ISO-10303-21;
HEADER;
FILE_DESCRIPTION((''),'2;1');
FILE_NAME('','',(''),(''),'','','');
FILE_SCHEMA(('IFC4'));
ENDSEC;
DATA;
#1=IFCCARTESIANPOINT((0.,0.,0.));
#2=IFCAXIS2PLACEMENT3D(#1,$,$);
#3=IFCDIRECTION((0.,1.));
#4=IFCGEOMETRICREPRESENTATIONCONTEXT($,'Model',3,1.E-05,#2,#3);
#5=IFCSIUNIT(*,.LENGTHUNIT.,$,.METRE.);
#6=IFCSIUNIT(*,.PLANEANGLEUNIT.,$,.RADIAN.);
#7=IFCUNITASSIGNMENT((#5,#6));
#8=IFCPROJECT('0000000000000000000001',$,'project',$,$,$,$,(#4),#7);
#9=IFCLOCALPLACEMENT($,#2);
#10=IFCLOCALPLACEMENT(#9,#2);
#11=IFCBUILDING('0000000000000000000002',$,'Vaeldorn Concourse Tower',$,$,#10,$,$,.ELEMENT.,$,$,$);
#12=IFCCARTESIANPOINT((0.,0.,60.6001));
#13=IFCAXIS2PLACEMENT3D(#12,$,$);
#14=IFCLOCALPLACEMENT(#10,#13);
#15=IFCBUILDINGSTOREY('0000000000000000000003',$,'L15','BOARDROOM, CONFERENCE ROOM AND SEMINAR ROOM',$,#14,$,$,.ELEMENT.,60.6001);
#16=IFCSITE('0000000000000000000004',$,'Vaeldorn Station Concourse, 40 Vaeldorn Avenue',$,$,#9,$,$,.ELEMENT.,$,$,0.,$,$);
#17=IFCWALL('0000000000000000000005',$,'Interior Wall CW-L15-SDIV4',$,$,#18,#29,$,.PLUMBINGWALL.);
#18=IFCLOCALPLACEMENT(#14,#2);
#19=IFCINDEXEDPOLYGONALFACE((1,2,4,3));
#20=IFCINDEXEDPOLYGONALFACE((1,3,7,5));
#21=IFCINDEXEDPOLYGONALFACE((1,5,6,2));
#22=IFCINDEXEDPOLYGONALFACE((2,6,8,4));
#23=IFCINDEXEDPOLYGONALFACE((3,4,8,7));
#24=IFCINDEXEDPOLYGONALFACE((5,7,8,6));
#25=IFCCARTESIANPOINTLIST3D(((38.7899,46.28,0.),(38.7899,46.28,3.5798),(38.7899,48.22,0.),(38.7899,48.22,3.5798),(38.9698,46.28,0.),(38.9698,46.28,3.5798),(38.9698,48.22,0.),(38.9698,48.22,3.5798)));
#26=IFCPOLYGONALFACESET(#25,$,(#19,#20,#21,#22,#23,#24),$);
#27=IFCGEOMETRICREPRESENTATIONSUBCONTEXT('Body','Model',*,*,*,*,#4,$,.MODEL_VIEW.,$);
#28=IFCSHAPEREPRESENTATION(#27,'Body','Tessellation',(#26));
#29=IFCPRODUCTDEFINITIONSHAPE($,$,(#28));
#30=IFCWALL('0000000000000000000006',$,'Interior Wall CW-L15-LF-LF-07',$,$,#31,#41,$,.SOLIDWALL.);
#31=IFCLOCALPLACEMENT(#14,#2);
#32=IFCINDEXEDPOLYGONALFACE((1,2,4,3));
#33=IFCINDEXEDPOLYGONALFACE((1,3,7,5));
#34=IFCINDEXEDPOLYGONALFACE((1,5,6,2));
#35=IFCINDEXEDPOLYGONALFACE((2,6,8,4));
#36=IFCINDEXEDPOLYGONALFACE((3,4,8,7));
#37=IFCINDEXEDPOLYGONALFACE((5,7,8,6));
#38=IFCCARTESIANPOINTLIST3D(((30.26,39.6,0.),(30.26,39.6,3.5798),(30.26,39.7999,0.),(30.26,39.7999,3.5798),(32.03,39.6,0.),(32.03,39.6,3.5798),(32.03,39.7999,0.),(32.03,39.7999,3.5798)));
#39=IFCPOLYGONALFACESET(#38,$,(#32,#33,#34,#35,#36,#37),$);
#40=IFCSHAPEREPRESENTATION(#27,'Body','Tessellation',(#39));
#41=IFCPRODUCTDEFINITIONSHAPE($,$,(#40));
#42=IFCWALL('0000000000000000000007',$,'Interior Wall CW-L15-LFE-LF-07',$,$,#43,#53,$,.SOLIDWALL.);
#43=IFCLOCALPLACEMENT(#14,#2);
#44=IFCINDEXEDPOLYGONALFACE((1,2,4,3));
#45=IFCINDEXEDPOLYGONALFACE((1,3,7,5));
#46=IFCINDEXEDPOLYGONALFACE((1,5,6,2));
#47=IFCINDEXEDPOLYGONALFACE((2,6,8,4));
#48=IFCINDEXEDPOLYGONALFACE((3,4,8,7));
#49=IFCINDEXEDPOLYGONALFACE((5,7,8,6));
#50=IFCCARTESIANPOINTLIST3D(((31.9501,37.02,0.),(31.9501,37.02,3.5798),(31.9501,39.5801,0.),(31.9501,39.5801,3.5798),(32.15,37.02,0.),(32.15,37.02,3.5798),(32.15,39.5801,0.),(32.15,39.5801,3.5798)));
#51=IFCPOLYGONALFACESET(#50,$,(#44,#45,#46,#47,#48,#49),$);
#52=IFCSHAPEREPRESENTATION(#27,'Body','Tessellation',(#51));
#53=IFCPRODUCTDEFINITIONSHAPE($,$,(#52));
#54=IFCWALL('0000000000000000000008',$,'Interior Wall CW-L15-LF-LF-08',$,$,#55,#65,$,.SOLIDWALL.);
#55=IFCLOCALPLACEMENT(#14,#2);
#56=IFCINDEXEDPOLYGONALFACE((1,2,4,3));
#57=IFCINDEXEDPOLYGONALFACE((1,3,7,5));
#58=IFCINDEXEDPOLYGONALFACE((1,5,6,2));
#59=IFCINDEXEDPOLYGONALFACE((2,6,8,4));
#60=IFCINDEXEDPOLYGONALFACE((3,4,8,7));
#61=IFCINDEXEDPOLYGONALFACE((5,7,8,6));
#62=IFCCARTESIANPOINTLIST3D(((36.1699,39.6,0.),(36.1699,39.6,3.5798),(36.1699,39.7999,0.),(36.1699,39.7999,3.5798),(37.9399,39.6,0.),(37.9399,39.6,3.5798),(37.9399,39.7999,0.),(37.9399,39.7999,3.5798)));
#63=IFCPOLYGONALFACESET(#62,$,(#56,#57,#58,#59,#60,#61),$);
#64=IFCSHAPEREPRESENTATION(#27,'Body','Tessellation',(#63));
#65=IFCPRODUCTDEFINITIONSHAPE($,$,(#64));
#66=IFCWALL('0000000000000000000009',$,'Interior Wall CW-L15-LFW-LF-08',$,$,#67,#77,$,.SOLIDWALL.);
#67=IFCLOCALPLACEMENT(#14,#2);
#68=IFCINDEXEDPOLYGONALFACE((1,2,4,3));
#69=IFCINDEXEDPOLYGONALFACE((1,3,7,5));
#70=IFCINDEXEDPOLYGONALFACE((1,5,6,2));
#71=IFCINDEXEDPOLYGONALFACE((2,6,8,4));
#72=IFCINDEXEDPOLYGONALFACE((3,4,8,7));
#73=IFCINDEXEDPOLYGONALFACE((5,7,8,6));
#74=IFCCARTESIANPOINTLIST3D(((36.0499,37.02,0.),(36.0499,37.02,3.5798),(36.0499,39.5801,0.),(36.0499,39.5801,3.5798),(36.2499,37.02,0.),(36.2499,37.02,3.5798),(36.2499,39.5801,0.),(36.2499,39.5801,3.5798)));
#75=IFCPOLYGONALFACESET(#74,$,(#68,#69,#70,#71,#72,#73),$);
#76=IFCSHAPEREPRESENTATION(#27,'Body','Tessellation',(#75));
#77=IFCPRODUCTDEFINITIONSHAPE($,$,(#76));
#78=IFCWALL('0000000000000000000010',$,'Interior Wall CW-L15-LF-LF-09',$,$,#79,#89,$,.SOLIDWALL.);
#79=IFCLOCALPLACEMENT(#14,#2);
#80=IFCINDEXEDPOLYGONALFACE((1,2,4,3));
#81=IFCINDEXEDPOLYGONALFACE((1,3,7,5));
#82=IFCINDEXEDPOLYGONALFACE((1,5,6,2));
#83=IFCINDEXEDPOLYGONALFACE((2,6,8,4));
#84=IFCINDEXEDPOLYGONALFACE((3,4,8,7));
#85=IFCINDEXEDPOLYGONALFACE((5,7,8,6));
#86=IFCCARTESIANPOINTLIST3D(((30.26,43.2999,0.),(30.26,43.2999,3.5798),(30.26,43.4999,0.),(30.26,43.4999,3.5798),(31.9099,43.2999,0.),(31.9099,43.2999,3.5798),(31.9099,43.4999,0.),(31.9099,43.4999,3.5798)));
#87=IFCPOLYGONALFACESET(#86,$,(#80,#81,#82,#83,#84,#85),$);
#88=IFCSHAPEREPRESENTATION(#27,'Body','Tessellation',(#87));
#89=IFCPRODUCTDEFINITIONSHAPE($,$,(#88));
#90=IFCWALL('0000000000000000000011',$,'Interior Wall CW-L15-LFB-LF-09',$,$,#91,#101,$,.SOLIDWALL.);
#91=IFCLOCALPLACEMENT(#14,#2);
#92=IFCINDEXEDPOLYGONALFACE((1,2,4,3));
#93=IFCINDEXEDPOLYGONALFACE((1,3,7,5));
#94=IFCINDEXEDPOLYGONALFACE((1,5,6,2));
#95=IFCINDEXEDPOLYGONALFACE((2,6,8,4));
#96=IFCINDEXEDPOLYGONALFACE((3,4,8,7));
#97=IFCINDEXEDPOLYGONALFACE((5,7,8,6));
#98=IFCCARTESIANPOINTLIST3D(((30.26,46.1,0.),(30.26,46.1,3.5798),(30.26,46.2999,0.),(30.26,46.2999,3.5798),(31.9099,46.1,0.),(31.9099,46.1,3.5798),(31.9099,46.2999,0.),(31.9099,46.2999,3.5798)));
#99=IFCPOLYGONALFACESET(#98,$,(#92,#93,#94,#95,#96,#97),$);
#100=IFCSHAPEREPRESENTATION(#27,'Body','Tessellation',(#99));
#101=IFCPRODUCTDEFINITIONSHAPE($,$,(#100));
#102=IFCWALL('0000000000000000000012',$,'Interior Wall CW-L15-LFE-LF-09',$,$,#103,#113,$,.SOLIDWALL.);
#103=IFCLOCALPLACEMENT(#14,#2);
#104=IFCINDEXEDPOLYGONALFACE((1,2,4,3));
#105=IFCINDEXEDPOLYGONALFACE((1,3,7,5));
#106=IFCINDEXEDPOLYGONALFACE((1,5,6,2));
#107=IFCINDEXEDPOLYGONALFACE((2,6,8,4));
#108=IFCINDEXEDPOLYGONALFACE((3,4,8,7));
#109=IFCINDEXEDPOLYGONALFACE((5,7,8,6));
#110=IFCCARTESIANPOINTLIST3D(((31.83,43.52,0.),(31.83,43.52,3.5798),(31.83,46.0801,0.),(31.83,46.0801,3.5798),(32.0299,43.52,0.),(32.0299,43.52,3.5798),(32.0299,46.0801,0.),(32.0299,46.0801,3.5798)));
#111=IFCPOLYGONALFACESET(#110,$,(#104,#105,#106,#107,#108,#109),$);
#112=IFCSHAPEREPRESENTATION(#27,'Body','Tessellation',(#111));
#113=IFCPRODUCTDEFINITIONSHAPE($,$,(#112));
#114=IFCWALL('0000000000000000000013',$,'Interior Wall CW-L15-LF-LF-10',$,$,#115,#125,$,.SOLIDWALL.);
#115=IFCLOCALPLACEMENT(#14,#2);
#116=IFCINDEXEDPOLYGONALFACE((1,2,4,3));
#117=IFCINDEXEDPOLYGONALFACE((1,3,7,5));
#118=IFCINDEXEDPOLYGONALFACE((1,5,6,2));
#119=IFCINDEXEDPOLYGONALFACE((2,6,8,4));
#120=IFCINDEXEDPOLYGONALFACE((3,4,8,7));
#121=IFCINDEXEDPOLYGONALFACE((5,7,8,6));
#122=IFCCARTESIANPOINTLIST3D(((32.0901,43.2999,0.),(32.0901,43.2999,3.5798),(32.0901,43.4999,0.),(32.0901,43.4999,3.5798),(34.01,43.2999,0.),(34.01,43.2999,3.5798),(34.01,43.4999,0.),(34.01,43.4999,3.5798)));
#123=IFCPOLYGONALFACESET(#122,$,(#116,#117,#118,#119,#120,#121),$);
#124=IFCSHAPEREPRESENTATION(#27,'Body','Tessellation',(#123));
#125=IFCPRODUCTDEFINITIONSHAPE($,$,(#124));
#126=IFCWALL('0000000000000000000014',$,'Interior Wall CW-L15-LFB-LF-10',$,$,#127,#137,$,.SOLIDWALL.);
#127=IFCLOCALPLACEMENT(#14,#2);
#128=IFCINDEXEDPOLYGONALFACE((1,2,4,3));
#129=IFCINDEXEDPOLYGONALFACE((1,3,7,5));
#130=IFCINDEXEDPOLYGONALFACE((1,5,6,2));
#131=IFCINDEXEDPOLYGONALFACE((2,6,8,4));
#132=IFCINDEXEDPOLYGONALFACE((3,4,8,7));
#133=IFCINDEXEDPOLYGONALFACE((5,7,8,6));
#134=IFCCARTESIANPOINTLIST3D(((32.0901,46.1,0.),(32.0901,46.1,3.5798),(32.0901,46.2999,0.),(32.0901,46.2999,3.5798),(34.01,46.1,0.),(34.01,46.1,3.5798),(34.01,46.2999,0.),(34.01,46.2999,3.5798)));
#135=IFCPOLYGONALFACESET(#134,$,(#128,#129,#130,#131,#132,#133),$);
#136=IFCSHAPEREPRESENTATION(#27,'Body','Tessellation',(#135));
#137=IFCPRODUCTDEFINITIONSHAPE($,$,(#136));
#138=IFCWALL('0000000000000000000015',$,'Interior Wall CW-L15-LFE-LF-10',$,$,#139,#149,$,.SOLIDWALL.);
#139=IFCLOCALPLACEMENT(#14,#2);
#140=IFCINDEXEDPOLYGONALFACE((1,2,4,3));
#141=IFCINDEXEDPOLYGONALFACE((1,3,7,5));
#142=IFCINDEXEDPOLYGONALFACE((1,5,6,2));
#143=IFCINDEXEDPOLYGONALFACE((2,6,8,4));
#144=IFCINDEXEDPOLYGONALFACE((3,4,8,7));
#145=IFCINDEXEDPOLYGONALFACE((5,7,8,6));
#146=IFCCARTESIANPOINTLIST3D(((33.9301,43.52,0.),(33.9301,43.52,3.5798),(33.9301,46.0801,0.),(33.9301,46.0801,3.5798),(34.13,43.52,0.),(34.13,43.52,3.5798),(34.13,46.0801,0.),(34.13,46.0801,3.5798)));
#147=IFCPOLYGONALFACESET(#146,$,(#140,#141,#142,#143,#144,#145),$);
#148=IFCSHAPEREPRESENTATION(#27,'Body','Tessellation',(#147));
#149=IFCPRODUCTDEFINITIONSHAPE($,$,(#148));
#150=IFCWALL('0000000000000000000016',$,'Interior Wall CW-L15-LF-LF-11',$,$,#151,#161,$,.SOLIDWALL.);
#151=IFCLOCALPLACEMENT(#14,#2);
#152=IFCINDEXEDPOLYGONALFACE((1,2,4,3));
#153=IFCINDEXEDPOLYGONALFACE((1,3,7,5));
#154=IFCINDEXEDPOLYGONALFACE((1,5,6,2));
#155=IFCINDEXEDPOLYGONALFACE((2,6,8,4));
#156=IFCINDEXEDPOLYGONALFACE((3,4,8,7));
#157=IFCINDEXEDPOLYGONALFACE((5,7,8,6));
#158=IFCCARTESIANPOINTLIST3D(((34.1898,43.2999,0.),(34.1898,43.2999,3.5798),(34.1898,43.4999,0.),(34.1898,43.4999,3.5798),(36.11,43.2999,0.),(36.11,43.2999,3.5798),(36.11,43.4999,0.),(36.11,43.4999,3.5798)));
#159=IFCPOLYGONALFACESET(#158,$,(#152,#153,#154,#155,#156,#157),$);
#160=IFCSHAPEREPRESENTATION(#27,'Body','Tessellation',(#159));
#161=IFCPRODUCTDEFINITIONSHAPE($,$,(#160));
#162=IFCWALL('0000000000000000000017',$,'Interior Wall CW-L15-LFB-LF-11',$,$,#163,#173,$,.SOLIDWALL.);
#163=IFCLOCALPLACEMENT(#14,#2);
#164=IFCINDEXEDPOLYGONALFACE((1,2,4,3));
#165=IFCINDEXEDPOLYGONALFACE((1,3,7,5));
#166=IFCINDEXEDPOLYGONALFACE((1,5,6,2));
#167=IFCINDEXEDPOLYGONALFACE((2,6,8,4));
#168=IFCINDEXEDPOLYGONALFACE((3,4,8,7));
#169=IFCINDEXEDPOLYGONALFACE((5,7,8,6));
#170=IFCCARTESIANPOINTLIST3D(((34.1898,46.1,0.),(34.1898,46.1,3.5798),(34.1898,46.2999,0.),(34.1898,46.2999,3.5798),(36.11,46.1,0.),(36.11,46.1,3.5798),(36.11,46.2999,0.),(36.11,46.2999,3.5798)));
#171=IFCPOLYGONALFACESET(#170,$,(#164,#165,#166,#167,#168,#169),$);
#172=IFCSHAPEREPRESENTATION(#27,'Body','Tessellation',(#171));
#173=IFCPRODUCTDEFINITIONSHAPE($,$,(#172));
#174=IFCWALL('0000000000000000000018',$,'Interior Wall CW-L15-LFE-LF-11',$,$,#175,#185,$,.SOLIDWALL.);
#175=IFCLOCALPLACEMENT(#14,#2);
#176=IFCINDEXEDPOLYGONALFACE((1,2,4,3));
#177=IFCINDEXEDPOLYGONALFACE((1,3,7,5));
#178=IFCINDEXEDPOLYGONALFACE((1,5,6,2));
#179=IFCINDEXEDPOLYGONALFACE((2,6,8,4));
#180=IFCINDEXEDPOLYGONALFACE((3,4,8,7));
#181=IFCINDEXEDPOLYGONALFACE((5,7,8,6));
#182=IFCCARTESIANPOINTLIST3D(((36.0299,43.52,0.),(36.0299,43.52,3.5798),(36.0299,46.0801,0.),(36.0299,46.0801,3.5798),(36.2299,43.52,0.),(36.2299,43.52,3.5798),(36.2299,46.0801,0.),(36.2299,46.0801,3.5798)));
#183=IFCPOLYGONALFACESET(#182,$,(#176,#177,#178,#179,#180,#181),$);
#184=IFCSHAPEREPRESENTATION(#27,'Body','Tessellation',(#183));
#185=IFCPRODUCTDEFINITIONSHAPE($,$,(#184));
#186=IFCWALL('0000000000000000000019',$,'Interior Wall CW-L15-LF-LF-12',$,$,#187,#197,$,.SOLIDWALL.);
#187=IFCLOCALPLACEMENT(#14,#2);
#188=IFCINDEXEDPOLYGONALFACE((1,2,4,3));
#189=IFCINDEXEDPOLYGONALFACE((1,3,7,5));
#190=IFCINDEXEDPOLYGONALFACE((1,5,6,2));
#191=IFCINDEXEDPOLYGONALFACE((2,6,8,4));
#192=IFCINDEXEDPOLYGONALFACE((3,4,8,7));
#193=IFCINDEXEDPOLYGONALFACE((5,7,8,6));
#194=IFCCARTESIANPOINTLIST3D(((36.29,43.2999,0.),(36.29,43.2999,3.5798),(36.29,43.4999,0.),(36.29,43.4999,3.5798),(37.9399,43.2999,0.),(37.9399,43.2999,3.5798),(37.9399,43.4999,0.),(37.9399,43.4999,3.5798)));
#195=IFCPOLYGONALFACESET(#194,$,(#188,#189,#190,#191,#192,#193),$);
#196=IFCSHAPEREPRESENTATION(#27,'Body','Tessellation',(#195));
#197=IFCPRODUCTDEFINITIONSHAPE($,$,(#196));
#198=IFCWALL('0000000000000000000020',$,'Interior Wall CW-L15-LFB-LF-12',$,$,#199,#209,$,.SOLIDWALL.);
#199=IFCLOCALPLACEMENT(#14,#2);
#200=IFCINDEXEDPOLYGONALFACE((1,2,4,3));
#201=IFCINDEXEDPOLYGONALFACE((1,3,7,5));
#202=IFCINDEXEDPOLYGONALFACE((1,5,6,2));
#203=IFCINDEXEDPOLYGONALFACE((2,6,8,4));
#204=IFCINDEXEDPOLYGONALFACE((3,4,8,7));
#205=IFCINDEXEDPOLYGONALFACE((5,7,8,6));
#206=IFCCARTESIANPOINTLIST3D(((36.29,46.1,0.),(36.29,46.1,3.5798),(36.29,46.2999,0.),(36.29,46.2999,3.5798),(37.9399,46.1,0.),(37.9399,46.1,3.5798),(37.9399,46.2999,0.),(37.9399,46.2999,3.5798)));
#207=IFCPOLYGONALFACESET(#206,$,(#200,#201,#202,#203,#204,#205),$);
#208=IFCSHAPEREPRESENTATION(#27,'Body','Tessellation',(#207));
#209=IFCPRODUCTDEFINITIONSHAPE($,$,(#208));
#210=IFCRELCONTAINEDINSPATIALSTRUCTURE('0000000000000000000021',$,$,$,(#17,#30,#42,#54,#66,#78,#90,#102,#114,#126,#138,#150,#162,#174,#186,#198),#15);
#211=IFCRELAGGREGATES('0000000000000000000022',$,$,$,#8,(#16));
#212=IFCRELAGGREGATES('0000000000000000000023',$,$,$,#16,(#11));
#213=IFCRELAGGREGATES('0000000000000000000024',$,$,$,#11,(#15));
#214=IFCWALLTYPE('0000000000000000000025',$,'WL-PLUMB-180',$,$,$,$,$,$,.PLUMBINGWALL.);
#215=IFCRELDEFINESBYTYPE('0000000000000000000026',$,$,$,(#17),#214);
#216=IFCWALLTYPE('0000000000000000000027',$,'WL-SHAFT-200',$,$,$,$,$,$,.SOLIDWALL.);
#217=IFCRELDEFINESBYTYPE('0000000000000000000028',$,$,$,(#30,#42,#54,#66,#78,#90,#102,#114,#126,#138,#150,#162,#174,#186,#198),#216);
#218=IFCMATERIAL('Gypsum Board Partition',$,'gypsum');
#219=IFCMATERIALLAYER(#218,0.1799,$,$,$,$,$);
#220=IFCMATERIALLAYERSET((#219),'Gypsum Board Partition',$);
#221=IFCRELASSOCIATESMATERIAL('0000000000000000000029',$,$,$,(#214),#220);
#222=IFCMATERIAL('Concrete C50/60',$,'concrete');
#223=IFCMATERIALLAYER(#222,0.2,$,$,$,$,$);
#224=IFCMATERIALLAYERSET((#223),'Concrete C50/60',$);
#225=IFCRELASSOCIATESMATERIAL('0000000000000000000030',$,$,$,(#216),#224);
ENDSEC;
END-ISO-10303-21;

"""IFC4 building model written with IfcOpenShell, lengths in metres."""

from ifc_helpers import new_model, si_unit, direction, frame, frame_2d, origin, place, context, subcontext, project, spatial, rectangle, extrude, material, layer, layer_set, type_object, element, save


model = new_model("IFC4")

# Units and contexts
model_context = context("Model", 3, precision=1e-05, world=origin(), true_north=direction((0.0, 1.0)))
body_context = subcontext(model_context, "Body", "Model", "MODEL_VIEW")
ifc_project = project(units=[si_unit("LENGTHUNIT", "METRE"), si_unit("PLANEANGLEUNIT", "RADIAN")], contexts=[model_context])

# Site, building, storey
site_placement = place(None, origin())
site = spatial("IfcSite", under=ifc_project, at=site_placement, Name="Vaeldorn Station Concourse, 40 Vaeldorn Avenue", CompositionType="ELEMENT", RefElevation=0.0)
building_placement = place(site_placement, origin())
building = spatial("IfcBuilding", under=site, at=building_placement, Name="Vaeldorn Concourse Tower", CompositionType="ELEMENT")
storey_placement = place(building_placement, frame((0.0, 0.0, 60.6001)))
storey = spatial("IfcBuildingStorey", under=building, at=storey_placement, Name="L15", Description="BOARDROOM, CONFERENCE ROOM AND SEMINAR ROOM", CompositionType="ELEMENT", Elevation=60.6001)

# Shared definitions
ifc_material_1 = material(Name="Gypsum Board Partition", Category="gypsum")

# Walls
ifc_layer_1 = layer(ifc_material_1, 0.1799)
ifc_layer_set_1 = layer_set([ifc_layer_1], Name="Gypsum Board Partition")
wall_type_1 = type_object("IfcWallType", Name="WL-PLUMB-180", PredefinedType="PLUMBINGWALL", material=ifc_layer_set_1)
for number, where, z_axis, x_axis, name in (
    (1, (38.8799, 46.28, 0.0), (0.0, 0.0, 1.0), (0.0, 1.0, 0.0), "Interior Wall CW-L15-SDIV4"),
):
    element("IfcWall", number, at=place(storey_placement, frame(where, z_axis=z_axis, x_axis=x_axis)), inside=storey, type_object=wall_type_1, Name=name, PredefinedType="PLUMBINGWALL", context=body_context, shape_type="SweptSolid", body=[
        extrude(rectangle(XDim=1.9399, YDim=0.1799, at=frame_2d((0.97, 0.0))), origin(), (0.0, 0.0, 1.0), 3.5798),
    ])
ifc_material_2 = material(Name="Concrete C50/60", Category="concrete")
ifc_layer_2 = layer(ifc_material_2, 0.2)
ifc_layer_set_2 = layer_set([ifc_layer_2], Name="Concrete C50/60")
wall_type_2 = type_object("IfcWallType", Name="WL-SHAFT-200", PredefinedType="SOLIDWALL", material=ifc_layer_set_2)
wall_1_placement = place(storey_placement, frame((30.26, 39.7, 0.0), z_axis=(0.0, 0.0, 1.0), x_axis=(1.0, 0.0, 0.0)))
element("IfcWall", 2, at=wall_1_placement, inside=storey, type_object=wall_type_2, Name="Interior Wall CW-L15-LF-LF-07", PredefinedType="SOLIDWALL", context=body_context, shape_type="SweptSolid", body=[
    extrude(rectangle(XDim=1.77, YDim=0.2, at=frame_2d((0.885, 0.0))), origin(), (0.0, 0.0, 1.0), 3.5798),
])
wall_2_placement = place(storey_placement, frame((32.05, 37.02, 0.0), z_axis=(0.0, 0.0, 1.0), x_axis=(0.0, 1.0, 0.0)))
element("IfcWall", 3, at=wall_2_placement, inside=storey, type_object=wall_type_2, Name="Interior Wall CW-L15-LFE-LF-07", PredefinedType="SOLIDWALL", context=body_context, shape_type="SweptSolid", body=[
    extrude(rectangle(XDim=2.5601, YDim=0.2, at=frame_2d((1.28, 0.0))), origin(), (0.0, 0.0, 1.0), 3.5798),
])
wall_3_placement = place(storey_placement, frame((36.1699, 39.7, 0.0), z_axis=(0.0, 0.0, 1.0), x_axis=(1.0, 0.0, 0.0)))
element("IfcWall", 4, at=wall_3_placement, inside=storey, type_object=wall_type_2, Name="Interior Wall CW-L15-LF-LF-08", PredefinedType="SOLIDWALL", context=body_context, shape_type="SweptSolid", body=[
    extrude(rectangle(XDim=1.77, YDim=0.2, at=frame_2d((0.885, 0.0))), origin(), (0.0, 0.0, 1.0), 3.5798),
])
wall_4_placement = place(storey_placement, frame((36.1499, 37.02, 0.0), z_axis=(0.0, 0.0, 1.0), x_axis=(0.0, 1.0, 0.0)))
element("IfcWall", 5, at=wall_4_placement, inside=storey, type_object=wall_type_2, Name="Interior Wall CW-L15-LFW-LF-08", PredefinedType="SOLIDWALL", context=body_context, shape_type="SweptSolid", body=[
    extrude(rectangle(XDim=2.5601, YDim=0.2, at=frame_2d((1.28, 0.0))), origin(), (0.0, 0.0, 1.0), 3.5798),
])
for number, where, z_axis, x_axis, name in (
    (6, (30.26, 43.3999, 0.0), (0.0, 0.0, 1.0), (1.0, 0.0, 0.0), "Interior Wall CW-L15-LF-LF-09"),
    (7, (30.26, 46.2, 0.0), (0.0, 0.0, 1.0), (1.0, 0.0, 0.0), "Interior Wall CW-L15-LFB-LF-09"),
):
    element("IfcWall", number, at=place(storey_placement, frame(where, z_axis=z_axis, x_axis=x_axis)), inside=storey, type_object=wall_type_2, Name=name, PredefinedType="SOLIDWALL", context=body_context, shape_type="SweptSolid", body=[
        extrude(rectangle(XDim=1.6499, YDim=0.2, at=frame_2d((0.825, 0.0))), origin(), (0.0, 0.0, 1.0), 3.5798),
    ])
wall_5_placement = place(storey_placement, frame((31.9299, 43.52, 0.0), z_axis=(0.0, 0.0, 1.0), x_axis=(0.0, 1.0, 0.0)))
element("IfcWall", 8, at=wall_5_placement, inside=storey, type_object=wall_type_2, Name="Interior Wall CW-L15-LFE-LF-09", PredefinedType="SOLIDWALL", context=body_context, shape_type="SweptSolid", body=[
    extrude(rectangle(XDim=2.5601, YDim=0.2, at=frame_2d((1.28, 0.0))), origin(), (0.0, 0.0, 1.0), 3.5798),
])
for number, where, z_axis, x_axis, name in (
    (9, (32.0901, 43.3999, 0.0), (0.0, 0.0, 1.0), (1.0, 0.0, 0.0), "Interior Wall CW-L15-LF-LF-10"),
    (10, (32.0901, 46.2, 0.0), (0.0, 0.0, 1.0), (1.0, 0.0, 0.0), "Interior Wall CW-L15-LFB-LF-10"),
):
    element("IfcWall", number, at=place(storey_placement, frame(where, z_axis=z_axis, x_axis=x_axis)), inside=storey, type_object=wall_type_2, Name=name, PredefinedType="SOLIDWALL", context=body_context, shape_type="SweptSolid", body=[
        extrude(rectangle(XDim=1.9199, YDim=0.2, at=frame_2d((0.96, 0.0))), origin(), (0.0, 0.0, 1.0), 3.5798),
    ])
wall_6_placement = place(storey_placement, frame((34.03, 43.52, 0.0), z_axis=(0.0, 0.0, 1.0), x_axis=(0.0, 1.0, 0.0)))
element("IfcWall", 11, at=wall_6_placement, inside=storey, type_object=wall_type_2, Name="Interior Wall CW-L15-LFE-LF-10", PredefinedType="SOLIDWALL", context=body_context, shape_type="SweptSolid", body=[
    extrude(rectangle(XDim=2.5601, YDim=0.2, at=frame_2d((1.28, 0.0))), origin(), (0.0, 0.0, 1.0), 3.5798),
])
for number, where, z_axis, x_axis, name in (
    (12, (34.1899, 43.3999, 0.0), (0.0, 0.0, 1.0), (1.0, 0.0, 0.0), "Interior Wall CW-L15-LF-LF-11"),
    (13, (34.1899, 46.2, 0.0), (0.0, 0.0, 1.0), (1.0, 0.0, 0.0), "Interior Wall CW-L15-LFB-LF-11"),
):
    element("IfcWall", number, at=place(storey_placement, frame(where, z_axis=z_axis, x_axis=x_axis)), inside=storey, type_object=wall_type_2, Name=name, PredefinedType="SOLIDWALL", context=body_context, shape_type="SweptSolid", body=[
        extrude(rectangle(XDim=1.9202, YDim=0.2, at=frame_2d((0.96, 0.0))), origin(), (0.0, 0.0, 1.0), 3.5798),
    ])
wall_7_placement = place(storey_placement, frame((36.1299, 43.52, 0.0), z_axis=(0.0, 0.0, 1.0), x_axis=(0.0, 1.0, 0.0)))
element("IfcWall", 14, at=wall_7_placement, inside=storey, type_object=wall_type_2, Name="Interior Wall CW-L15-LFE-LF-11", PredefinedType="SOLIDWALL", context=body_context, shape_type="SweptSolid", body=[
    extrude(rectangle(XDim=2.5601, YDim=0.2, at=frame_2d((1.28, 0.0))), origin(), (0.0, 0.0, 1.0), 3.5798),
])
for number, where, z_axis, x_axis, name in (
    (15, (36.29, 43.3999, 0.0), (0.0, 0.0, 1.0), (1.0, 0.0, 0.0), "Interior Wall CW-L15-LF-LF-12"),
    (16, (36.29, 46.2, 0.0), (0.0, 0.0, 1.0), (1.0, 0.0, 0.0), "Interior Wall CW-L15-LFB-LF-12"),
):
    element("IfcWall", number, at=place(storey_placement, frame(where, z_axis=z_axis, x_axis=x_axis)), inside=storey, type_object=wall_type_2, Name=name, PredefinedType="SOLIDWALL", context=body_context, shape_type="SweptSolid", body=[
        extrude(rectangle(XDim=1.6499, YDim=0.2, at=frame_2d((0.825, 0.0))), origin(), (0.0, 0.0, 1.0), 3.5798),
    ])

save(model, "model.ifc")
